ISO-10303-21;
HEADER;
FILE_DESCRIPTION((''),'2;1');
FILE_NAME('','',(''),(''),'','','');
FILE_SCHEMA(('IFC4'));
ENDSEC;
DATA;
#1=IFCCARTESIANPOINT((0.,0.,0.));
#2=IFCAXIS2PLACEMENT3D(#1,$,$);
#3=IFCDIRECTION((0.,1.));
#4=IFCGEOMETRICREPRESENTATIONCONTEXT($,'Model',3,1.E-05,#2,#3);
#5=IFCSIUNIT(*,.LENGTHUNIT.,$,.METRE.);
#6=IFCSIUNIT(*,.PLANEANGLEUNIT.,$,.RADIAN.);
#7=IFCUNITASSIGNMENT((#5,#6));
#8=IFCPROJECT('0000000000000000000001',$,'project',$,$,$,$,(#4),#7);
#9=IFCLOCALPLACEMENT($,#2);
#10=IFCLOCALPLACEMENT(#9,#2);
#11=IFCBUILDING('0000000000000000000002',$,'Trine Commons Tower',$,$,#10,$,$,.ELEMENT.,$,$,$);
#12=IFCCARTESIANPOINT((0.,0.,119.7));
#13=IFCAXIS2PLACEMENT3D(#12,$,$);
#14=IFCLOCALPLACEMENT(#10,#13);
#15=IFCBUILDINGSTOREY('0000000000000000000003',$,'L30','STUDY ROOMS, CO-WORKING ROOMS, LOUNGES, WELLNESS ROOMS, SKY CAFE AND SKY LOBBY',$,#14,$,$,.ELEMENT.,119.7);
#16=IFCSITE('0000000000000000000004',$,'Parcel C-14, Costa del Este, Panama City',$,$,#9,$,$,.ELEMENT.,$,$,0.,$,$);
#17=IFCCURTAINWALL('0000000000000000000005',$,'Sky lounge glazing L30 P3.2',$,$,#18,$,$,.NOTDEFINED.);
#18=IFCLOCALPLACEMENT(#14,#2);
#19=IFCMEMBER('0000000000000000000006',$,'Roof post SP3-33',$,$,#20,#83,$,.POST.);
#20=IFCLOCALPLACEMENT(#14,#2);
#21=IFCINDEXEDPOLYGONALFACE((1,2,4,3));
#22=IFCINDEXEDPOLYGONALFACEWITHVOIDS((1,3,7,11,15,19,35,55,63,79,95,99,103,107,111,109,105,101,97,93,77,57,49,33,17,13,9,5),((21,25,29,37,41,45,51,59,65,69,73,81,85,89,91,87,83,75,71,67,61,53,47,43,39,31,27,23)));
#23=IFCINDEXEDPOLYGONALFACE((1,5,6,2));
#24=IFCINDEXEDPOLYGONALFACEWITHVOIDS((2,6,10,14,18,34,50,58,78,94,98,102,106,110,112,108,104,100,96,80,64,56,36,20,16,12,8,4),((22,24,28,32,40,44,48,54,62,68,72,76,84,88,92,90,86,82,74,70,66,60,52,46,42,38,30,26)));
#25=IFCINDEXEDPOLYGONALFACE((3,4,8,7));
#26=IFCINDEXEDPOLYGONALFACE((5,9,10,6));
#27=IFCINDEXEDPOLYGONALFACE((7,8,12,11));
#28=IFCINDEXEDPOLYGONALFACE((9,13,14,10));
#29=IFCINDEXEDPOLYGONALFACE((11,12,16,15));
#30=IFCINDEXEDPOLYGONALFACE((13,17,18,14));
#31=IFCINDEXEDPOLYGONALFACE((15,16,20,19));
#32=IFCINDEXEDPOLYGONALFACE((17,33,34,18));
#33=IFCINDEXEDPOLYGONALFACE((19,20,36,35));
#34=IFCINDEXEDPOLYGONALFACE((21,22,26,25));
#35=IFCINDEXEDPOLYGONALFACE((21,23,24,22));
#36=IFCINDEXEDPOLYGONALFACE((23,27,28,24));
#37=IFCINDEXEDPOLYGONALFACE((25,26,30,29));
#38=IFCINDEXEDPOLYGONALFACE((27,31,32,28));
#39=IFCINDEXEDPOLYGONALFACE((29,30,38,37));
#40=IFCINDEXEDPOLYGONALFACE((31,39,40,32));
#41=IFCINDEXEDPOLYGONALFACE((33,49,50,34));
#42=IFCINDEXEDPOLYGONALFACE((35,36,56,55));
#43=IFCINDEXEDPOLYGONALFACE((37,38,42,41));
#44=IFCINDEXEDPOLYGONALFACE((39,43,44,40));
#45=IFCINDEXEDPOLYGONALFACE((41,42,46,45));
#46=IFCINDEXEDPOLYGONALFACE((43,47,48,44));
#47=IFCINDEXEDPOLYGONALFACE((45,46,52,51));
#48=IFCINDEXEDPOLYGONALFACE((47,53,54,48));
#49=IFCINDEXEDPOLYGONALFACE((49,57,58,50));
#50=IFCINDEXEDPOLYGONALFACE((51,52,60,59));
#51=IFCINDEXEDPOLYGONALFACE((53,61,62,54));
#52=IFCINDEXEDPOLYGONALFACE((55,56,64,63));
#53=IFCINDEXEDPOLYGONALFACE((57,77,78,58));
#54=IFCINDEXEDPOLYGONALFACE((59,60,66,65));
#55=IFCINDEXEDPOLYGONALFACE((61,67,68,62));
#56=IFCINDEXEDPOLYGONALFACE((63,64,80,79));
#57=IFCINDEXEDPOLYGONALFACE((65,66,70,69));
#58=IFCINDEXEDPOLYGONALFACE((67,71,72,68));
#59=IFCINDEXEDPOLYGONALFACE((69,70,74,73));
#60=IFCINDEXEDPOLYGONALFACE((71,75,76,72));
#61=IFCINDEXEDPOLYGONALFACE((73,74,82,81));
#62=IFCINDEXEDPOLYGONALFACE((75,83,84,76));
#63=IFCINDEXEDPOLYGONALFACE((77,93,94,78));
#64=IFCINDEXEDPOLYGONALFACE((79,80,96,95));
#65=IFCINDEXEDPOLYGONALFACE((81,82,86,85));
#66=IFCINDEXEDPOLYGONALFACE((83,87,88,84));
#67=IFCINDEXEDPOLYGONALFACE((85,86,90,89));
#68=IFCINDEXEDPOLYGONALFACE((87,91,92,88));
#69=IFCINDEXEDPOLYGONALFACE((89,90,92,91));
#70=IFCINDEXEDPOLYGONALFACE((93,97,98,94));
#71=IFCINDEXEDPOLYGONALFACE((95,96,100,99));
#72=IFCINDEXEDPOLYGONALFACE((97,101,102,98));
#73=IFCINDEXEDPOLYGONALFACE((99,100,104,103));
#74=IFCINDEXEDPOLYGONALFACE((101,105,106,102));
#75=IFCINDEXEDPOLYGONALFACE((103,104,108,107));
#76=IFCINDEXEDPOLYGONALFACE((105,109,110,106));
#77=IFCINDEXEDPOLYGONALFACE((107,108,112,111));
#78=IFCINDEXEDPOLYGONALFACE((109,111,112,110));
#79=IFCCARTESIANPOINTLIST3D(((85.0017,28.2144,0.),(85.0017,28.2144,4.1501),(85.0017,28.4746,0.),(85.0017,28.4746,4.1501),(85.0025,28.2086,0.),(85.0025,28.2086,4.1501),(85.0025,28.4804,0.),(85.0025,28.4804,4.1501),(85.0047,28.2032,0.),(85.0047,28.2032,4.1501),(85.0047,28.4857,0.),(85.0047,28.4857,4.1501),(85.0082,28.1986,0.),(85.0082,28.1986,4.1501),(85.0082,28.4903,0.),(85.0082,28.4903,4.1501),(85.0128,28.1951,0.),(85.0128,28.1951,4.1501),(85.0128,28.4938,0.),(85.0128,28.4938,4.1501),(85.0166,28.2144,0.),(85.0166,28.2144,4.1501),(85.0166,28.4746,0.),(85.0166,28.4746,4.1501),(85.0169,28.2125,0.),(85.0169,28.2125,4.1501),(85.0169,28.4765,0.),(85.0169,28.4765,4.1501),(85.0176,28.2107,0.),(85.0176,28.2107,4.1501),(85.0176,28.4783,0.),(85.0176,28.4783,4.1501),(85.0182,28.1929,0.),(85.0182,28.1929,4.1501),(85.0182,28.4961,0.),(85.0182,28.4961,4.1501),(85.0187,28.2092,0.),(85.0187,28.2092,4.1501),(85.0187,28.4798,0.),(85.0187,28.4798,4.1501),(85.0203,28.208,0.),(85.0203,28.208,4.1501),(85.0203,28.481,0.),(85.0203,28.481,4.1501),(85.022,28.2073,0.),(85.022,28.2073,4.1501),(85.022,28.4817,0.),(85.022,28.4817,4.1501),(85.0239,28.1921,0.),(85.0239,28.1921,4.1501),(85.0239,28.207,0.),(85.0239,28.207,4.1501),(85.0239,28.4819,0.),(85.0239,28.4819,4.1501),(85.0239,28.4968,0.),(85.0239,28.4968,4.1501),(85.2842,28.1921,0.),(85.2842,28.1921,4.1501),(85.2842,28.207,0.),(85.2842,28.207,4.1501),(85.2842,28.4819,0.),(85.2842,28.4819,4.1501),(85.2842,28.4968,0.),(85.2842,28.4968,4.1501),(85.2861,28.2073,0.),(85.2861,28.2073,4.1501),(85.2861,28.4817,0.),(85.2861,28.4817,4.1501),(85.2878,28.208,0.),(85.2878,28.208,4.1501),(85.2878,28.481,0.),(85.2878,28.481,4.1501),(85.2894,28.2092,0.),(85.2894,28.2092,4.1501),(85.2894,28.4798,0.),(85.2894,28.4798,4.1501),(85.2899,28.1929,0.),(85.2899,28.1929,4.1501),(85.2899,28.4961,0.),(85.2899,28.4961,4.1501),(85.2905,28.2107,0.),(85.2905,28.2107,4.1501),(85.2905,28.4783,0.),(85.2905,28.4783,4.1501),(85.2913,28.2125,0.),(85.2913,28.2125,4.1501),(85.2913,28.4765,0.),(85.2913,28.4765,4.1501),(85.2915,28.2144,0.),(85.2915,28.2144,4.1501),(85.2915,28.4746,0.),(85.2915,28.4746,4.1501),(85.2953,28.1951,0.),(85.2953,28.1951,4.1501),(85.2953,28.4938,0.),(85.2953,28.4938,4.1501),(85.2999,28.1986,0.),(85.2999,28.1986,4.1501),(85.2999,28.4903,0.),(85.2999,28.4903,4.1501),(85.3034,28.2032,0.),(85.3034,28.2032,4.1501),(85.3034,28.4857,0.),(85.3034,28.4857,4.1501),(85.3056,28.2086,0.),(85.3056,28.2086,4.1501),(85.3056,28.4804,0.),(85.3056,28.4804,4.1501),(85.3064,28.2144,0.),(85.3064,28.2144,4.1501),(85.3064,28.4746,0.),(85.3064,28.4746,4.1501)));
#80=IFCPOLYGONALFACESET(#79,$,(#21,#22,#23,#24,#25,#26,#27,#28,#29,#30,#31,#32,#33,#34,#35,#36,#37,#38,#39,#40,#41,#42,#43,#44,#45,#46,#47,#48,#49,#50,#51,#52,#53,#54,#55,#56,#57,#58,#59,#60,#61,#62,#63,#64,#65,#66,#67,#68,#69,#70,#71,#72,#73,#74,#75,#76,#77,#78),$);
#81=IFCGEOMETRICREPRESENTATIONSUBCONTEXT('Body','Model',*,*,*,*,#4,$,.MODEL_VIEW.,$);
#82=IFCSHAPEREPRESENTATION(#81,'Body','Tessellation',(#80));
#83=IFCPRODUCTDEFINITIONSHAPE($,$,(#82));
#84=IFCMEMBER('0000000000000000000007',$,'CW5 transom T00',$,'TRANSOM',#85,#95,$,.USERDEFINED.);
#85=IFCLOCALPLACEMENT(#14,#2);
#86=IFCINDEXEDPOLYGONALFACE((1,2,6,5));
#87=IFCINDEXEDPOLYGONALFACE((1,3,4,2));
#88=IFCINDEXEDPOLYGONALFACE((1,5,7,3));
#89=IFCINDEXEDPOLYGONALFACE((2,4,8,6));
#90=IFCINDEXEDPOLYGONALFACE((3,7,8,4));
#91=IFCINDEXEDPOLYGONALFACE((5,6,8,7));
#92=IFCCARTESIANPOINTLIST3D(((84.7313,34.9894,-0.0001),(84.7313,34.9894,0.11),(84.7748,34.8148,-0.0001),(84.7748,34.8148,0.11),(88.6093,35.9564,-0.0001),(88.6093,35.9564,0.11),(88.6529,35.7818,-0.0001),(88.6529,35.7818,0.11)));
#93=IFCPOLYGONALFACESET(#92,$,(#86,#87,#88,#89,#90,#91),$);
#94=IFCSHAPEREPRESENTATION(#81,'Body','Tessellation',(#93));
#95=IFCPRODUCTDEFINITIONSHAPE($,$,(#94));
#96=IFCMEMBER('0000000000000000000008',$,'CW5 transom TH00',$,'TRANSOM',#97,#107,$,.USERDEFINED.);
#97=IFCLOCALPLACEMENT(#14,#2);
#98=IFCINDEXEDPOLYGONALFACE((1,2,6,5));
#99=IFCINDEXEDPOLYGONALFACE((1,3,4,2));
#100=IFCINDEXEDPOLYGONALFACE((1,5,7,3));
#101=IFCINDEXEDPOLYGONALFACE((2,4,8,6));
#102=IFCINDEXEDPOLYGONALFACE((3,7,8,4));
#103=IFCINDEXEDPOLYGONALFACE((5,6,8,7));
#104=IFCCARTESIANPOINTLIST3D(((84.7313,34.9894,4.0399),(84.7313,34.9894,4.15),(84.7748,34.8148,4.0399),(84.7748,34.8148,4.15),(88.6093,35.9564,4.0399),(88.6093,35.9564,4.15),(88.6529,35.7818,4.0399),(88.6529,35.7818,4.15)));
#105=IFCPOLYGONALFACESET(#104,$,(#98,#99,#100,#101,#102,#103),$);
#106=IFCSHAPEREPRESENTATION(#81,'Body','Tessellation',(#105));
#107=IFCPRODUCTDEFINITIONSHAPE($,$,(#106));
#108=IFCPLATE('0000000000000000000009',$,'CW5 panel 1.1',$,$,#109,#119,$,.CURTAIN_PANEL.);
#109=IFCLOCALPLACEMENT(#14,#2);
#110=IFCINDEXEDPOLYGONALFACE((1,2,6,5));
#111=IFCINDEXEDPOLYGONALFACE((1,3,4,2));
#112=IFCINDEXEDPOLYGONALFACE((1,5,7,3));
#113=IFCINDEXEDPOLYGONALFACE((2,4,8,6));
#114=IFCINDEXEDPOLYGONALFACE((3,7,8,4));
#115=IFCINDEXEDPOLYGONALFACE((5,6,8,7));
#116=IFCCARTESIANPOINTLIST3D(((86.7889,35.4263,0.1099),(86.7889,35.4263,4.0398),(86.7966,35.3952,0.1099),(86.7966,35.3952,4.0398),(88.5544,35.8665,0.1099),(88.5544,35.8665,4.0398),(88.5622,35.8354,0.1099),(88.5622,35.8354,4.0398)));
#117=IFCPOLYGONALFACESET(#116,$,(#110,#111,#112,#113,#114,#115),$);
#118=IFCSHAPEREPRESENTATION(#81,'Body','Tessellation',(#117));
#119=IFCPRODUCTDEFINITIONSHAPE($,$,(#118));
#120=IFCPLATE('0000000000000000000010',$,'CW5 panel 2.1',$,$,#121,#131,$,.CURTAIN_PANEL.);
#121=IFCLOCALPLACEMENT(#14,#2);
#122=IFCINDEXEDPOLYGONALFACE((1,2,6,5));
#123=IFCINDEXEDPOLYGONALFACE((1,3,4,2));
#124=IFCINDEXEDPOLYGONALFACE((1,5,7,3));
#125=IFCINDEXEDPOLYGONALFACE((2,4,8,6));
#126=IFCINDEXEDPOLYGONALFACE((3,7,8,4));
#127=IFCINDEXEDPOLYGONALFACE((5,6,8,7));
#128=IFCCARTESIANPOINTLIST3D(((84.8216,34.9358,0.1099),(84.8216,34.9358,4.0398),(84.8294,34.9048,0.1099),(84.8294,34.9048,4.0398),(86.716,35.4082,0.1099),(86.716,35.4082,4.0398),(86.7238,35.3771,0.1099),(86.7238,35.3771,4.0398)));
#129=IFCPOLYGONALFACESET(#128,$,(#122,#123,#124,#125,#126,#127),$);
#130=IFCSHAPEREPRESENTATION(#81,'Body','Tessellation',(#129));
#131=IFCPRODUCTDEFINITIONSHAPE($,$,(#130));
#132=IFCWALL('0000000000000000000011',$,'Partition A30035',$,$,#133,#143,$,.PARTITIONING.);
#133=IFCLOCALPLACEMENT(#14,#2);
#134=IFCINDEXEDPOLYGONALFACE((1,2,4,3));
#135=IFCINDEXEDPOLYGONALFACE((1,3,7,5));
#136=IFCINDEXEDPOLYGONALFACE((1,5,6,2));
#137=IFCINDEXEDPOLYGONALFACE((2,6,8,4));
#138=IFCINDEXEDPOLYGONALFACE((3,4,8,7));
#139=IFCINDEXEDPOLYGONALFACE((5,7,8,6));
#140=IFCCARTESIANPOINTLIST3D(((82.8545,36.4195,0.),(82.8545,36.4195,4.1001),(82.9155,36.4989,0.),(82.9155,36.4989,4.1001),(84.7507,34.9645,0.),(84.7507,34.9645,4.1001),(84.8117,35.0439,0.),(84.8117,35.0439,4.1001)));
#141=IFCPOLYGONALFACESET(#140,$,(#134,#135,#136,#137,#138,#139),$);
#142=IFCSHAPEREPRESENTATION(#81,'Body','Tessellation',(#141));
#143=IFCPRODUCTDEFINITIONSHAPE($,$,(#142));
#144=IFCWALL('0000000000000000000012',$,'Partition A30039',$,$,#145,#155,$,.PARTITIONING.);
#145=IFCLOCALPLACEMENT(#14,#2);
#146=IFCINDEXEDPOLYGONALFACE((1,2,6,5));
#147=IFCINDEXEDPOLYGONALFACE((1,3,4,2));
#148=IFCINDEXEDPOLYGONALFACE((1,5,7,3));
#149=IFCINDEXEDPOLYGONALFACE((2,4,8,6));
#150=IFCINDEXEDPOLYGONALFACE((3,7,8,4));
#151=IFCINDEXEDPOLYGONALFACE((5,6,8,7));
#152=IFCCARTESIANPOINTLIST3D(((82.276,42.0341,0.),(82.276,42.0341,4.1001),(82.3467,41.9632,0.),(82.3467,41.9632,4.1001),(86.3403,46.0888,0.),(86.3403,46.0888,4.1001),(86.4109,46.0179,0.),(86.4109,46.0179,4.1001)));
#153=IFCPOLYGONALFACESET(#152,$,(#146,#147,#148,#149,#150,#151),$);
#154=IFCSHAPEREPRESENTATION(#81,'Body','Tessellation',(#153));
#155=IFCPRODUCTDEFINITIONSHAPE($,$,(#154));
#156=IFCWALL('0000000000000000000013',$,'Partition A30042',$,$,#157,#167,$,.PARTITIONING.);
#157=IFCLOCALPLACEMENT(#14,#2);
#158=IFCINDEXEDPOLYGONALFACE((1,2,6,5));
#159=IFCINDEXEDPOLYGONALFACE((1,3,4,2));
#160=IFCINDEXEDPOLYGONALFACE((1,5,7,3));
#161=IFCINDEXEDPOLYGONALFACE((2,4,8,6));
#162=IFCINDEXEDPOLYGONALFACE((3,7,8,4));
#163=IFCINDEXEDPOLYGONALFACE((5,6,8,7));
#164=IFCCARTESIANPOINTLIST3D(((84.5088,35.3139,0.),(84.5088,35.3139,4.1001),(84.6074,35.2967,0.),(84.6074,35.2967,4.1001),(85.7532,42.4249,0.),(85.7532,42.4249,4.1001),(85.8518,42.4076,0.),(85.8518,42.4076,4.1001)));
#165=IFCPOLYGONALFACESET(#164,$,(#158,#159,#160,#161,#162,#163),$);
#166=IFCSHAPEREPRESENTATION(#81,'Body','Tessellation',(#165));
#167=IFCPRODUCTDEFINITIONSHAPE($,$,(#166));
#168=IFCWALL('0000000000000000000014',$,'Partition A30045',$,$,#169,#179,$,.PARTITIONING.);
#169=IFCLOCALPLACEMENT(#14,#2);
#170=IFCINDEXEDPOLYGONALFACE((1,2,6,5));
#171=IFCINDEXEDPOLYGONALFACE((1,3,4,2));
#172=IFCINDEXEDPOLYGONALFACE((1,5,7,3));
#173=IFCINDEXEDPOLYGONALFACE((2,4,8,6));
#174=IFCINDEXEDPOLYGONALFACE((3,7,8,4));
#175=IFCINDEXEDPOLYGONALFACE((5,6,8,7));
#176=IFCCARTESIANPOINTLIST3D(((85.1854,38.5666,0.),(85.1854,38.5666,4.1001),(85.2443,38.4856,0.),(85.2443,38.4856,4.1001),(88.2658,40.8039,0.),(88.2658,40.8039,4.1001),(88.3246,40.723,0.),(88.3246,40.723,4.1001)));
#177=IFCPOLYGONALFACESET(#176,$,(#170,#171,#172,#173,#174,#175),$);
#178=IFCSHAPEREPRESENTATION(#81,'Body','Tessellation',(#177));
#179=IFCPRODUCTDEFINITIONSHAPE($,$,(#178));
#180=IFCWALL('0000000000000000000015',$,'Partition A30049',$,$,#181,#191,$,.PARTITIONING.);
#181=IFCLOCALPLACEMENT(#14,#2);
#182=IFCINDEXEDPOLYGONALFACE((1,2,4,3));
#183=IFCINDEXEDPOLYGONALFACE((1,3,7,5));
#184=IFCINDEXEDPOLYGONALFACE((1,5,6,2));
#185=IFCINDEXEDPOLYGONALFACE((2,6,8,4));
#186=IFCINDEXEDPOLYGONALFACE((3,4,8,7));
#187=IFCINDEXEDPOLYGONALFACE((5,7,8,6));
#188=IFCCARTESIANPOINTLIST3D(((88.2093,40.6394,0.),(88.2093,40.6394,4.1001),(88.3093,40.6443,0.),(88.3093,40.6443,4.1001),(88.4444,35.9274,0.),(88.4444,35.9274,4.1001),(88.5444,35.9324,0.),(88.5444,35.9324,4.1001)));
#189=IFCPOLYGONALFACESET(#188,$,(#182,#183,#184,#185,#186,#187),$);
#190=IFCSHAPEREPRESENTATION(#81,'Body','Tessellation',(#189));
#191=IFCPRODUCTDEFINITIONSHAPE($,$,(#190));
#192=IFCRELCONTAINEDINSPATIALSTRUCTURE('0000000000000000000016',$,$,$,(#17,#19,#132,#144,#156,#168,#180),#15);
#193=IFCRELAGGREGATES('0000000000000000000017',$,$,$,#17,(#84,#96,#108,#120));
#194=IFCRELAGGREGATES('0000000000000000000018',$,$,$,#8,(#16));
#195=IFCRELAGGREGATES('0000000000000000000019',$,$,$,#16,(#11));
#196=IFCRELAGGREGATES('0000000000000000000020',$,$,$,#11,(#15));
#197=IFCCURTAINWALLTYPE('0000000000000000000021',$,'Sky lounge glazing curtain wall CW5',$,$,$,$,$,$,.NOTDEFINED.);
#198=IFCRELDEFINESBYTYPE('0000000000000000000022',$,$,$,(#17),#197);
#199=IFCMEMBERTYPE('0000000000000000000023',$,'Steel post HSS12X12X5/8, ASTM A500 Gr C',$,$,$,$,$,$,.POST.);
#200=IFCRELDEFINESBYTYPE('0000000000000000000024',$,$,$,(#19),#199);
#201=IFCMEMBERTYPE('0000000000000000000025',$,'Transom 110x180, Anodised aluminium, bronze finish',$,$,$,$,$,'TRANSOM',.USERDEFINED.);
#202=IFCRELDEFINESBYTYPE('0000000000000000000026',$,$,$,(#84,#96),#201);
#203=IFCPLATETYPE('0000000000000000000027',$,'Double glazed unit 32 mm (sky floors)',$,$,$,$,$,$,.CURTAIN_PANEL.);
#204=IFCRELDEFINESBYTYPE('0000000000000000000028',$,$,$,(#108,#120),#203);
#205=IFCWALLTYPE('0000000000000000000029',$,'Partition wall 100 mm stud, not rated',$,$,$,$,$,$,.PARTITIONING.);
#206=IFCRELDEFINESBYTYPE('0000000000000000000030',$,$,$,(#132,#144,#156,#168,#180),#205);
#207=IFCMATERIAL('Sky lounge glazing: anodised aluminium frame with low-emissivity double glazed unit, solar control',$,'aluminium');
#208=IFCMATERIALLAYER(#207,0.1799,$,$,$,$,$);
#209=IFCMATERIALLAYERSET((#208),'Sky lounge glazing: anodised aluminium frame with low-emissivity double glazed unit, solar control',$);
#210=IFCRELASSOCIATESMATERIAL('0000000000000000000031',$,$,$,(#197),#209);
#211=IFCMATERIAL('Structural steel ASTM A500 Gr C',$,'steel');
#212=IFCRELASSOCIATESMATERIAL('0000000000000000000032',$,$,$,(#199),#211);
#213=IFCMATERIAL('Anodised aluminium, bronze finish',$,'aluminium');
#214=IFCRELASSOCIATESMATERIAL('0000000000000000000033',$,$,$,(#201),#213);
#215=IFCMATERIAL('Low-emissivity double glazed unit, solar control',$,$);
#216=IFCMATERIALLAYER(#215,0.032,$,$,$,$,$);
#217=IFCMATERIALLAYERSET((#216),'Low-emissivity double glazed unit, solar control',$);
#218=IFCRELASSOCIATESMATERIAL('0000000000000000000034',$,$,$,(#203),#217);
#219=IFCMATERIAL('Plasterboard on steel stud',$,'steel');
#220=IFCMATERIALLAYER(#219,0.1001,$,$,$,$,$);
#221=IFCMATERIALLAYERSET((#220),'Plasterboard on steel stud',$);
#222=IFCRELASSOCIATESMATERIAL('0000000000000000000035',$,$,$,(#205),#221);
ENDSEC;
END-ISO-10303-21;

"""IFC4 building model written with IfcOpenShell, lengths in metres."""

from ifc_helpers import new_model, si_unit, direction, frame, frame_2d, origin, origin_2d, place, context, subcontext, project, spatial, rectangle, hollow_rectangle, extrude, material, layer, layer_set, material_profile, profile_set, type_object, element, aggregate, save


model = new_model("IFC4")

# Units and contexts
model_context = context("Model", 3, precision=1e-05, world=origin(), true_north=direction((0.0, 1.0)))
body_context = subcontext(model_context, "Body", "Model", "MODEL_VIEW")
ifc_project = project(units=[si_unit("LENGTHUNIT", "METRE"), si_unit("PLANEANGLEUNIT", "RADIAN")], contexts=[model_context])

# Site, building, storey
site_placement = place(None, origin())
site = spatial("IfcSite", under=ifc_project, at=site_placement, Name="Parcel C-14, Costa del Este, Panama City", CompositionType="ELEMENT", RefElevation=0.0)
building_placement = place(site_placement, origin())
building = spatial("IfcBuilding", under=site, at=building_placement, Name="Trine Commons Tower", CompositionType="ELEMENT")
storey_placement = place(building_placement, frame((0.0, 0.0, 119.7)))
storey = spatial("IfcBuildingStorey", under=building, at=storey_placement, Name="L30", Description="STUDY ROOMS, CO-WORKING ROOMS, LOUNGES, WELLNESS ROOMS, SKY CAFE AND SKY LOBBY", CompositionType="ELEMENT", Elevation=119.7)

# Curtain wall
ifc_material_1 = material(Name="Sky lounge glazing: anodised aluminium frame with low-emissivity double glazed unit, solar control", Category="aluminium")
ifc_layer_1 = layer(ifc_material_1, 0.1799)
ifc_layer_set_1 = layer_set([ifc_layer_1], Name="Sky lounge glazing: anodised aluminium frame with low-emissivity double glazed unit, solar control")
curtain_wall_type = type_object("IfcCurtainWallType", Name="Sky lounge glazing curtain wall CW5", PredefinedType="NOTDEFINED", material=ifc_layer_set_1)
curtain_wall_placement = place(storey_placement, origin())
curtain_wall = element("IfcCurtainWall", 1, at=curtain_wall_placement, inside=storey, type_object=curtain_wall_type, Name="Sky lounge glazing L30 P3.2", PredefinedType="NOTDEFINED")
ifc_material_2 = material(Name="Anodised aluminium, bronze finish", Category="aluminium")

# Member
ifc_material_3 = material(Name="Structural steel ASTM A500 Gr C", Category="steel")
ifc_material_profile_1 = material_profile(ifc_material_3, hollow_rectangle(XDim=0.3047, YDim=0.3047, WallThickness=0.0149, InnerFilletRadius=0.0073, OuterFilletRadius=0.0222, at=origin_2d()), Name="HSS12X12X5/8")
ifc_profile_set_1 = profile_set([ifc_material_profile_1], Name="Structural steel ASTM A500 Gr C")
member_type_1 = type_object("IfcMemberType", Name="Steel post HSS12X12X5/8, ASTM A500 Gr C", PredefinedType="POST", material=ifc_profile_set_1)
for number, where, z_axis, x_axis, name in (
    (2, (85.1541, 28.3445, 0.0), (0.0, 0.0, 1.0), (1.0, 0.0, 0.0), "Roof post SP3-33"),
):
    element("IfcMember", number, at=place(storey_placement, frame(where, z_axis=z_axis, x_axis=x_axis)), inside=storey, type_object=member_type_1, Name=name, PredefinedType="POST", context=body_context, shape_type="SweptSolid", body=[
        extrude(hollow_rectangle(XDim=0.3047, YDim=0.3047, WallThickness=0.0149, InnerFilletRadius=0.0073, OuterFilletRadius=0.0222, at=origin_2d()), origin(), (0.0, 0.0, 1.0), 4.1501),
    ])

# Members
ifc_material_profile_2 = material_profile(ifc_material_2, rectangle(XDim=0.1799, YDim=0.1101, at=origin_2d()), Name="Transom 110x180")
ifc_profile_set_2 = profile_set([ifc_material_profile_2], Name="Anodised aluminium, bronze finish")
member_type_2 = type_object("IfcMemberType", Name="Transom 110x180, Anodised aluminium, bronze finish", ElementType="TRANSOM", PredefinedType="USERDEFINED", material=ifc_profile_set_2)
member_1_placement = place(storey_placement, frame((88.6311, 35.8691, 0.0549), z_axis=(-0.97029, -0.241946, 0.0), x_axis=(0.241946, -0.97029, 0.0)))
member_1 = element("IfcMember", 3, at=member_1_placement, type_object=member_type_2, Name="CW5 transom T00", ObjectType="TRANSOM", PredefinedType="USERDEFINED", context=body_context, shape_type="SweptSolid", body=[
    extrude(rectangle(XDim=0.1799, YDim=0.1101, at=origin_2d()), origin(), (0.0, 0.0, 1.0), 3.9968),
])
member_2_placement = place(storey_placement, frame((88.6311, 35.8691, 4.095), z_axis=(-0.97029, -0.241946, 0.0), x_axis=(0.241946, -0.97029, 0.0)))
member_2 = element("IfcMember", 4, at=member_2_placement, type_object=member_type_2, Name="CW5 transom TH00", ObjectType="TRANSOM", PredefinedType="USERDEFINED", context=body_context, shape_type="SweptSolid", body=[
    extrude(rectangle(XDim=0.1799, YDim=0.1101, at=origin_2d()), origin(), (0.0, 0.0, 1.0), 3.9968),
])

# Plates
ifc_material_4 = material(Name="Low-emissivity double glazed unit, solar control")
ifc_layer_2 = layer(ifc_material_4, 0.032)
ifc_layer_set_2 = layer_set([ifc_layer_2], Name="Low-emissivity double glazed unit, solar control")
plate_type = type_object("IfcPlateType", Name="Double glazed unit 32 mm (sky floors)", PredefinedType="CURTAIN_PANEL", material=ifc_layer_set_2)
plate_1_placement = place(storey_placement, frame((87.6755, 35.6309, 0.1099), z_axis=(0.0, 0.0, 1.0), x_axis=(-0.970296, -0.241922, 0.0)))
plate_1 = element("IfcPlate", 5, at=plate_1_placement, type_object=plate_type, Name="CW5 panel 1.1", PredefinedType="CURTAIN_PANEL", context=body_context, shape_type="SweptSolid", body=[
    extrude(rectangle(XDim=1.8196, YDim=0.032, at=origin_2d()), origin(), (0.0, 0.0, 1.0), 3.9299),
])
plate_2_placement = place(storey_placement, frame((85.7727, 35.1565, 0.1099), z_axis=(0.0, 0.0, 1.0), x_axis=(-0.970296, -0.241922, 0.0)))
plate_2 = element("IfcPlate", 6, at=plate_2_placement, type_object=plate_type, Name="CW5 panel 2.1", PredefinedType="CURTAIN_PANEL", context=body_context, shape_type="SweptSolid", body=[
    extrude(rectangle(XDim=1.9524, YDim=0.032, at=origin_2d()), origin(), (0.0, 0.0, 1.0), 3.9299),
])
aggregate(curtain_wall, [member_1, member_2, plate_1, plate_2])

# Walls
ifc_material_5 = material(Name="Plasterboard on steel stud", Category="steel")
ifc_layer_3 = layer(ifc_material_5, 0.1001)
ifc_layer_set_3 = layer_set([ifc_layer_3], Name="Plasterboard on steel stud")
wall_type_1 = type_object("IfcWallType", Name="Partition wall 100 mm stud, not rated", PredefinedType="PARTITIONING", material=ifc_layer_set_3)
wall_1_placement = place(storey_placement, frame((82.885, 36.4592, 0.0), z_axis=(0.0, 0.0, 1.0), x_axis=(0.793345, -0.608772, 0.0)))
element("IfcWall", 7, at=wall_1_placement, inside=storey, type_object=wall_type_1, Name="Partition A30035", PredefinedType="PARTITIONING", context=body_context, shape_type="SweptSolid", body=[
    extrude(rectangle(XDim=2.3901, YDim=0.1001, at=frame_2d((1.1951, 0.0))), origin(), (0.0, 0.0, 1.0), 4.1001),
])
wall_2_placement = place(storey_placement, frame((82.3113, 41.9985, 0.0), z_axis=(0.0, 0.0, 1.0), x_axis=(0.707936, 0.706277, 0.0)))
element("IfcWall", 8, at=wall_2_placement, inside=storey, type_object=wall_type_1, Name="Partition A30039", PredefinedType="PARTITIONING", context=body_context, shape_type="SweptSolid", body=[
    extrude(rectangle(XDim=5.741, YDim=0.1001, at=frame_2d((2.8706, 0.0))), origin(), (0.0, 0.0, 1.0), 4.1001),
])
wall_3_placement = place(storey_placement, frame((84.5581, 35.3054, 0.0), z_axis=(0.0, 0.0, 1.0), x_axis=(0.172379, 0.985031, 0.0)))
element("IfcWall", 9, at=wall_3_placement, inside=storey, type_object=wall_type_1, Name="Partition A30042", PredefinedType="PARTITIONING", context=body_context, shape_type="SweptSolid", body=[
    extrude(rectangle(XDim=7.219, YDim=0.1001, at=frame_2d((3.6094, 0.0))), origin(), (0.0, 0.0, 1.0), 4.1001),
])
wall_4_placement = place(storey_placement, frame((85.2148, 38.5261, 0.0), z_axis=(0.0, 0.0, 1.0), x_axis=(0.809102, 0.587668, 0.0)))
element("IfcWall", 10, at=wall_4_placement, inside=storey, type_object=wall_type_1, Name="Partition A30045", PredefinedType="PARTITIONING", context=body_context, shape_type="SweptSolid", body=[
    extrude(rectangle(XDim=3.8071, YDim=0.1001, at=frame_2d((1.9036, 0.0))), origin(), (0.0, 0.0, 1.0), 4.1001),
])
wall_5_placement = place(storey_placement, frame((88.2593, 40.6418, 0.0), z_axis=(0.0, 0.0, 1.0), x_axis=(0.049834, -0.998757, 0.0)))
element("IfcWall", 11, at=wall_5_placement, inside=storey, type_object=wall_type_1, Name="Partition A30049", PredefinedType="PARTITIONING", context=body_context, shape_type="SweptSolid", body=[
    extrude(rectangle(XDim=4.7178, YDim=0.1001, at=frame_2d((2.3589, 0.0))), origin(), (0.0, 0.0, 1.0), 4.1001),
])

save(model, "model.ifc")
